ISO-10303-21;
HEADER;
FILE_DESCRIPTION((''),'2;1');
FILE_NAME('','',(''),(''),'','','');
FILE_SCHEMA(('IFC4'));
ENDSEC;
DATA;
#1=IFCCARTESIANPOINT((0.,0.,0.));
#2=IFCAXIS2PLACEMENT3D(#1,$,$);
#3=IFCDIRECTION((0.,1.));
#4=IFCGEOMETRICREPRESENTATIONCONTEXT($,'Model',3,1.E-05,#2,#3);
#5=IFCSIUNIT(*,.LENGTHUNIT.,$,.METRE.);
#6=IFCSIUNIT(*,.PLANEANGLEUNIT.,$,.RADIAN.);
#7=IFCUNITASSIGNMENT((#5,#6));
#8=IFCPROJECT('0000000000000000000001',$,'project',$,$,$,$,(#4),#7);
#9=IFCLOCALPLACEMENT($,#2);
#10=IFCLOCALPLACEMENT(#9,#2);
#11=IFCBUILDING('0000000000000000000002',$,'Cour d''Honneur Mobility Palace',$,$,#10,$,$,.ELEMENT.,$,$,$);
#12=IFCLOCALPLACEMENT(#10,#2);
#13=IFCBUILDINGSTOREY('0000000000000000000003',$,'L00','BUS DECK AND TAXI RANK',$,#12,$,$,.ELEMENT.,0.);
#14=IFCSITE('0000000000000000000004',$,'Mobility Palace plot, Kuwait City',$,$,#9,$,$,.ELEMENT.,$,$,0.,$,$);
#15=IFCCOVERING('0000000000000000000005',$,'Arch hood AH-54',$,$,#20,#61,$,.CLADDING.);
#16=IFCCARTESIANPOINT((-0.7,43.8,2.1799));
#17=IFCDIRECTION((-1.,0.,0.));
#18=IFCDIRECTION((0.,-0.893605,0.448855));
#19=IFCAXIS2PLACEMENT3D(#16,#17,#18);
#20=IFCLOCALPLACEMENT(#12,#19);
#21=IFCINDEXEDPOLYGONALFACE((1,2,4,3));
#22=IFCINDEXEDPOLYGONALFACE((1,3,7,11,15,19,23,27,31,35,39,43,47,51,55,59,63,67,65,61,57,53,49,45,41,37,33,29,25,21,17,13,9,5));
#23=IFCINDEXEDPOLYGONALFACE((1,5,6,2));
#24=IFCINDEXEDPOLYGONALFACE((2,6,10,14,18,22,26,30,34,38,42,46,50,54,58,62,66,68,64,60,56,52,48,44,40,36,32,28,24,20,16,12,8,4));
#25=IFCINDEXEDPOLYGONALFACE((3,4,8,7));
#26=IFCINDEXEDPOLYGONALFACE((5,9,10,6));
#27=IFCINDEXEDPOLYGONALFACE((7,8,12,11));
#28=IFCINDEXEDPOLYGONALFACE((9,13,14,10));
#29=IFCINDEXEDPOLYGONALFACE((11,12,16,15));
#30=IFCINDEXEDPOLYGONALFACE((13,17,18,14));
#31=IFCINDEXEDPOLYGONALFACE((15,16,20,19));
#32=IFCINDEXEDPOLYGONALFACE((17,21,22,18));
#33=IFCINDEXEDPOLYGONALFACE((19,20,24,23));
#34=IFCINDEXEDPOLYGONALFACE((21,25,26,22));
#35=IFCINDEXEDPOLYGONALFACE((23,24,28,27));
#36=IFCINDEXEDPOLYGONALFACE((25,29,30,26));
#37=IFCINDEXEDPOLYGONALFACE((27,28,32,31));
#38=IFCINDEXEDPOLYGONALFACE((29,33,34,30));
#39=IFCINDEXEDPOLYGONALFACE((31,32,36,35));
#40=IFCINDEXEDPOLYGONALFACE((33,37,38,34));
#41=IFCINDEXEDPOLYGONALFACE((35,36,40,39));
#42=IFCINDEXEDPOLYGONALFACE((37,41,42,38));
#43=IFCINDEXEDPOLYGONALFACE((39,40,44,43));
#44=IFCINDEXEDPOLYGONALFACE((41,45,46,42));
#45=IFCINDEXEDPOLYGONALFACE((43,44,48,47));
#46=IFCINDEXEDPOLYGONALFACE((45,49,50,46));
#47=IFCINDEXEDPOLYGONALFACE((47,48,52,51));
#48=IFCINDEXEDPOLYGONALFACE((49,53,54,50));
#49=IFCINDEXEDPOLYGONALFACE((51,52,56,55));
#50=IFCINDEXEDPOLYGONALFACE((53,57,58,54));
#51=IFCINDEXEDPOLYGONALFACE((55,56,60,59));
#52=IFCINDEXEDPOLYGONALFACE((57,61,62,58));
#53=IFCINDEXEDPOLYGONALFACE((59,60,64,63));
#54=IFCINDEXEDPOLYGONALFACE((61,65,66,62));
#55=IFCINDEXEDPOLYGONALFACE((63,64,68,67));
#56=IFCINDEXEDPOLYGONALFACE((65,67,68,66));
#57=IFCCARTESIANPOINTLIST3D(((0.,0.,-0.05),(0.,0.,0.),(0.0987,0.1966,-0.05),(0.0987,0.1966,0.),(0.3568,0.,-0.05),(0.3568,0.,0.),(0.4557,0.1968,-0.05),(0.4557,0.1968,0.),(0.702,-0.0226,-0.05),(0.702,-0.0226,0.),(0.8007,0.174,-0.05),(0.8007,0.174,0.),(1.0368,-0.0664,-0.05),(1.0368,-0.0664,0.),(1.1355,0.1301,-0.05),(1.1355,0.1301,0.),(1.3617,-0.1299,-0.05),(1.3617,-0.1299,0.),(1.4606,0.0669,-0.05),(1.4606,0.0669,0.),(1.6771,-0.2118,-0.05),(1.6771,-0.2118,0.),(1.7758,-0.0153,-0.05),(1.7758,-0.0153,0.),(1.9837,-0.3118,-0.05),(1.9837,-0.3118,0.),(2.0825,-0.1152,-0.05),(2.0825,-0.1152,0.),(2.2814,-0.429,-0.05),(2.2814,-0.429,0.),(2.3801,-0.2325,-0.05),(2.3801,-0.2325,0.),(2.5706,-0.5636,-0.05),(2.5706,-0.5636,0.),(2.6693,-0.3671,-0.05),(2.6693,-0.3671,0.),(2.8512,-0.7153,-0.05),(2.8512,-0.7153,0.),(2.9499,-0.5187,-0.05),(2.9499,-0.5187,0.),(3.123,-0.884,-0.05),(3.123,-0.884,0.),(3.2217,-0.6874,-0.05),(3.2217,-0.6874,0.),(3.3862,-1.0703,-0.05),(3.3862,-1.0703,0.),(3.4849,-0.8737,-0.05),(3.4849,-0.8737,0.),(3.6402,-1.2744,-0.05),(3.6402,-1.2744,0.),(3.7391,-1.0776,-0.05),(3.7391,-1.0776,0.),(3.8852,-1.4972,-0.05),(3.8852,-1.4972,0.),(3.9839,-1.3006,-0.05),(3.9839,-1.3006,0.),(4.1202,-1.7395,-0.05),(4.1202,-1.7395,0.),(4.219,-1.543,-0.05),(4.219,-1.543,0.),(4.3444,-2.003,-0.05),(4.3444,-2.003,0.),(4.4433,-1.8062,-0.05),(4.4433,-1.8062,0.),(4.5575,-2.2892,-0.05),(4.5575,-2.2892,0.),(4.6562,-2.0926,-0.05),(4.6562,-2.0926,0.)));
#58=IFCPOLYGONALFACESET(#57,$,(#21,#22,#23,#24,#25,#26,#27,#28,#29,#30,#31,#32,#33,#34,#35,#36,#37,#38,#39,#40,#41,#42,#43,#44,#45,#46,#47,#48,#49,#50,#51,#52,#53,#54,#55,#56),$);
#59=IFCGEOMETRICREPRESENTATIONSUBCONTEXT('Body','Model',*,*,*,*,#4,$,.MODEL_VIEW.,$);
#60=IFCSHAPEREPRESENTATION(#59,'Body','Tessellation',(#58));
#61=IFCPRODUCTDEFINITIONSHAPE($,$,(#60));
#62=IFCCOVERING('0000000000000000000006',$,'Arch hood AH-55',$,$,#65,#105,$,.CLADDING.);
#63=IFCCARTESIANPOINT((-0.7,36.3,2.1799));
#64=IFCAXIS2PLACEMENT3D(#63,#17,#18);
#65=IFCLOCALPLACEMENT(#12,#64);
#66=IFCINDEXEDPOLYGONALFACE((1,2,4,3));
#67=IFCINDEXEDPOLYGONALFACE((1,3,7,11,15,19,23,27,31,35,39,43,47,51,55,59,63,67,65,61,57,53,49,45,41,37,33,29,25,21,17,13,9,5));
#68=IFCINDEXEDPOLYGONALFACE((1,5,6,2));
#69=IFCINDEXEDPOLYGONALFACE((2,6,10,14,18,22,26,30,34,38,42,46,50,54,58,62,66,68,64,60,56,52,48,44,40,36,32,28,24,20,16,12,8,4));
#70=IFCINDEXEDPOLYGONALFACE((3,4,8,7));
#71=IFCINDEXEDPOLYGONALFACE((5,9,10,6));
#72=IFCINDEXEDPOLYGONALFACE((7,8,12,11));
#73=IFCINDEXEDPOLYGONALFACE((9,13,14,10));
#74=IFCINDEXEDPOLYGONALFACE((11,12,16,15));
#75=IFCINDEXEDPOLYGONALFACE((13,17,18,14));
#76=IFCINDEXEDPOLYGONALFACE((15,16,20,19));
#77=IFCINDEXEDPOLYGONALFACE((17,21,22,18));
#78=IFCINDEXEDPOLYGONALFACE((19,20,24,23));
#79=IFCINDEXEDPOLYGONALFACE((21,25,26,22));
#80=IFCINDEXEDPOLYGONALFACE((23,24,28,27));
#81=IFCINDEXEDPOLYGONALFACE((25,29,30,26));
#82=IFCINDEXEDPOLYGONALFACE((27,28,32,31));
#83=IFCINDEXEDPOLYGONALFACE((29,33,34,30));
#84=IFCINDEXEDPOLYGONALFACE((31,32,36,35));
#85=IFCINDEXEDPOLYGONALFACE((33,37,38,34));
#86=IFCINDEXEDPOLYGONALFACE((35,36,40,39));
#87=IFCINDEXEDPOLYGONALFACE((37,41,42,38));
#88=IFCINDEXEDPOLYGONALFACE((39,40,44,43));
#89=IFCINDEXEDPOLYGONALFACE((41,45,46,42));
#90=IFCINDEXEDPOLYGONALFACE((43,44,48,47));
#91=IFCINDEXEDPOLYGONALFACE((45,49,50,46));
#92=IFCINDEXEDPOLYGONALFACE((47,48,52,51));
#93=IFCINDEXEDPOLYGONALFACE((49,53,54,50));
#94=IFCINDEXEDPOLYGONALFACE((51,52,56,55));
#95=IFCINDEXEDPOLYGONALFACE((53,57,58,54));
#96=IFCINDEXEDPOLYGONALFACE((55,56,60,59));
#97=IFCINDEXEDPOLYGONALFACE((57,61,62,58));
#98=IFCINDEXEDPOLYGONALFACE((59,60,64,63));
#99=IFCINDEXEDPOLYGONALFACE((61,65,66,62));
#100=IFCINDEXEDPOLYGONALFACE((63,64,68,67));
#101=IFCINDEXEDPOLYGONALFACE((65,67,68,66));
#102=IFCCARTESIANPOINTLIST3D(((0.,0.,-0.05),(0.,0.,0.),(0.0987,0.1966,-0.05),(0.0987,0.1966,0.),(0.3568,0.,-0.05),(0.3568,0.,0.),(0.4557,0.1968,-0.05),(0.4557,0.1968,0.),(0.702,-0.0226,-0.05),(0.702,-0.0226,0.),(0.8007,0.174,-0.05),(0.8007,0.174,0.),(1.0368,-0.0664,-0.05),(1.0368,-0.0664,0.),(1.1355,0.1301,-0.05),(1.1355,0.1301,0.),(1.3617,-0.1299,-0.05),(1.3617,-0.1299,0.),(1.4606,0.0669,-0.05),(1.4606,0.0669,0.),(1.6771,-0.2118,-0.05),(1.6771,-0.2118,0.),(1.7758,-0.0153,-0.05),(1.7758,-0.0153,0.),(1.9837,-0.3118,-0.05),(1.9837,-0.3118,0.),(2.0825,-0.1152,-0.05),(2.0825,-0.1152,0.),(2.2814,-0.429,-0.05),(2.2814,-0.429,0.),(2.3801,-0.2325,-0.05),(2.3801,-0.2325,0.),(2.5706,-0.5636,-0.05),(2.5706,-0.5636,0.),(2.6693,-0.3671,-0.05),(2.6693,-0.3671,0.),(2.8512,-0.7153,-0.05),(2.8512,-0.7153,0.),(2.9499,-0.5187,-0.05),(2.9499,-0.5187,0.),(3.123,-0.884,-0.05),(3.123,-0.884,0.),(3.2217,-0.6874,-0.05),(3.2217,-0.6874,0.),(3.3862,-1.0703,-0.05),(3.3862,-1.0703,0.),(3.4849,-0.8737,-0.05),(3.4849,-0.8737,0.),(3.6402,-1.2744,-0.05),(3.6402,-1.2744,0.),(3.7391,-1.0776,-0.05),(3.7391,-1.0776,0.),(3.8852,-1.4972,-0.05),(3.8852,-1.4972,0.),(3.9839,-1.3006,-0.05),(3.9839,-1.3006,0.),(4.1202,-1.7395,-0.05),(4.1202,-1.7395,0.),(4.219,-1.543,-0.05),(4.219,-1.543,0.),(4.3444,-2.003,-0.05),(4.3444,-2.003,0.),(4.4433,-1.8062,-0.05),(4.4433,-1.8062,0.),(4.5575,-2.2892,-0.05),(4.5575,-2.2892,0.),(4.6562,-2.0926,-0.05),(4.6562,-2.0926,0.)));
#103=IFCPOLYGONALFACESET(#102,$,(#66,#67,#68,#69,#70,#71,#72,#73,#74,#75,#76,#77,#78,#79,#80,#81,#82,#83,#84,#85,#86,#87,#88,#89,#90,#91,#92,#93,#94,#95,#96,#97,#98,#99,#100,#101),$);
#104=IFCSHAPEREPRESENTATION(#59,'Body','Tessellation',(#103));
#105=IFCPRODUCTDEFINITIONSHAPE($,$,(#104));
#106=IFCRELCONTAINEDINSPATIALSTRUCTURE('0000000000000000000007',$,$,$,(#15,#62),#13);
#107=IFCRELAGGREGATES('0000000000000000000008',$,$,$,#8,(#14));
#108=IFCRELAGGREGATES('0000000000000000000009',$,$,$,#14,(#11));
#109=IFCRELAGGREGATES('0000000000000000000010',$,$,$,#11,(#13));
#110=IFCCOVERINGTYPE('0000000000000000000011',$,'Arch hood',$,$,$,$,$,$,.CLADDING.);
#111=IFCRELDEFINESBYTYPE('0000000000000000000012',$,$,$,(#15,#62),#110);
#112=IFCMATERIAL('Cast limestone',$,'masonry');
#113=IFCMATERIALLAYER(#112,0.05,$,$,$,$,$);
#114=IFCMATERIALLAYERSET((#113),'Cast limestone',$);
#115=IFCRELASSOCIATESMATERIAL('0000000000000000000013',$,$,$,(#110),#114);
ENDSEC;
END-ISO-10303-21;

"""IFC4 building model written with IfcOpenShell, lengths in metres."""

from ifc_helpers import new_model, si_unit, direction, frame, origin, place, context, subcontext, project, spatial, polyline, outline, extrude, material, layer, layer_set, type_object, element, save


model = new_model("IFC4")

# Units and contexts
model_context = context("Model", 3, precision=1e-05, world=origin(), true_north=direction((0.0, 1.0)))
body_context = subcontext(model_context, "Body", "Model", "MODEL_VIEW")
ifc_project = project(units=[si_unit("LENGTHUNIT", "METRE"), si_unit("PLANEANGLEUNIT", "RADIAN")], contexts=[model_context])

# Site, building, storey
site_placement = place(None, origin())
site = spatial("IfcSite", under=ifc_project, at=site_placement, Name="Mobility Palace plot, Kuwait City", CompositionType="ELEMENT", RefElevation=0.0)
building_placement = place(site_placement, origin())
building = spatial("IfcBuilding", under=site, at=building_placement, Name="Cour d'Honneur Mobility Palace", CompositionType="ELEMENT")
storey_placement = place(building_placement, origin())
storey = spatial("IfcBuildingStorey", under=building, at=storey_placement, Name="L00", Description="BUS DECK AND TAXI RANK", CompositionType="ELEMENT", Elevation=0.0)

# Coverings
ifc_material_1 = material(Name="Cast limestone", Category="masonry")
ifc_layer_1 = layer(ifc_material_1, 0.05)
ifc_layer_set_1 = layer_set([ifc_layer_1], Name="Cast limestone")
covering_type_1 = type_object("IfcCoveringType", Name="Arch hood", PredefinedType="CLADDING", material=ifc_layer_set_1)
for number, where, z_axis, x_axis, name in (
    (1, (-0.7, 43.8, 2.1799), (-1.0, 0.0, 0.0), (0.0, -0.893605, 0.448855), "Arch hood AH-54"),
    (2, (-0.7, 36.3, 2.1799), (-1.0, 0.0, 0.0), (0.0, -0.893605, 0.448855), "Arch hood AH-55"),
):
    element("IfcCovering", number, at=place(storey_placement, frame(where, z_axis=z_axis, x_axis=x_axis)), inside=storey, type_object=covering_type_1, Name=name, PredefinedType="CLADDING", context=body_context, shape_type="SweptSolid", body=[
        extrude(outline(polyline([(0.0, 0.0), (0.3568, 0.0), (0.702, -0.0226), (1.0368, -0.0664), (1.3617, -0.1299), (1.6771, -0.2118), (1.9837, -0.3118), (2.2814, -0.429), (2.5706, -0.5636), (2.8512, -0.7153), (3.123, -0.884), (3.3862, -1.0703), (3.6402, -1.2744), (3.8852, -1.4972), (4.1202, -1.7395), (4.3444, -2.003), (4.5575, -2.2892), (4.6562, -2.0926), (4.4433, -1.8062), (4.219, -1.543), (3.9839, -1.3006), (3.7391, -1.0776), (3.4849, -0.8737), (3.2217, -0.6874), (2.9499, -0.5187), (2.6693, -0.3671), (2.3801, -0.2325), (2.0825, -0.1152), (1.7758, -0.0153), (1.4606, 0.0669), (1.1355, 0.1301), (0.8007, 0.174), (0.4557, 0.1968), (0.0987, 0.1966), (0.0, 0.0)])), origin(), (0.0, 0.0, -1.0), 0.05),
    ])

save(model, "model.ifc")
